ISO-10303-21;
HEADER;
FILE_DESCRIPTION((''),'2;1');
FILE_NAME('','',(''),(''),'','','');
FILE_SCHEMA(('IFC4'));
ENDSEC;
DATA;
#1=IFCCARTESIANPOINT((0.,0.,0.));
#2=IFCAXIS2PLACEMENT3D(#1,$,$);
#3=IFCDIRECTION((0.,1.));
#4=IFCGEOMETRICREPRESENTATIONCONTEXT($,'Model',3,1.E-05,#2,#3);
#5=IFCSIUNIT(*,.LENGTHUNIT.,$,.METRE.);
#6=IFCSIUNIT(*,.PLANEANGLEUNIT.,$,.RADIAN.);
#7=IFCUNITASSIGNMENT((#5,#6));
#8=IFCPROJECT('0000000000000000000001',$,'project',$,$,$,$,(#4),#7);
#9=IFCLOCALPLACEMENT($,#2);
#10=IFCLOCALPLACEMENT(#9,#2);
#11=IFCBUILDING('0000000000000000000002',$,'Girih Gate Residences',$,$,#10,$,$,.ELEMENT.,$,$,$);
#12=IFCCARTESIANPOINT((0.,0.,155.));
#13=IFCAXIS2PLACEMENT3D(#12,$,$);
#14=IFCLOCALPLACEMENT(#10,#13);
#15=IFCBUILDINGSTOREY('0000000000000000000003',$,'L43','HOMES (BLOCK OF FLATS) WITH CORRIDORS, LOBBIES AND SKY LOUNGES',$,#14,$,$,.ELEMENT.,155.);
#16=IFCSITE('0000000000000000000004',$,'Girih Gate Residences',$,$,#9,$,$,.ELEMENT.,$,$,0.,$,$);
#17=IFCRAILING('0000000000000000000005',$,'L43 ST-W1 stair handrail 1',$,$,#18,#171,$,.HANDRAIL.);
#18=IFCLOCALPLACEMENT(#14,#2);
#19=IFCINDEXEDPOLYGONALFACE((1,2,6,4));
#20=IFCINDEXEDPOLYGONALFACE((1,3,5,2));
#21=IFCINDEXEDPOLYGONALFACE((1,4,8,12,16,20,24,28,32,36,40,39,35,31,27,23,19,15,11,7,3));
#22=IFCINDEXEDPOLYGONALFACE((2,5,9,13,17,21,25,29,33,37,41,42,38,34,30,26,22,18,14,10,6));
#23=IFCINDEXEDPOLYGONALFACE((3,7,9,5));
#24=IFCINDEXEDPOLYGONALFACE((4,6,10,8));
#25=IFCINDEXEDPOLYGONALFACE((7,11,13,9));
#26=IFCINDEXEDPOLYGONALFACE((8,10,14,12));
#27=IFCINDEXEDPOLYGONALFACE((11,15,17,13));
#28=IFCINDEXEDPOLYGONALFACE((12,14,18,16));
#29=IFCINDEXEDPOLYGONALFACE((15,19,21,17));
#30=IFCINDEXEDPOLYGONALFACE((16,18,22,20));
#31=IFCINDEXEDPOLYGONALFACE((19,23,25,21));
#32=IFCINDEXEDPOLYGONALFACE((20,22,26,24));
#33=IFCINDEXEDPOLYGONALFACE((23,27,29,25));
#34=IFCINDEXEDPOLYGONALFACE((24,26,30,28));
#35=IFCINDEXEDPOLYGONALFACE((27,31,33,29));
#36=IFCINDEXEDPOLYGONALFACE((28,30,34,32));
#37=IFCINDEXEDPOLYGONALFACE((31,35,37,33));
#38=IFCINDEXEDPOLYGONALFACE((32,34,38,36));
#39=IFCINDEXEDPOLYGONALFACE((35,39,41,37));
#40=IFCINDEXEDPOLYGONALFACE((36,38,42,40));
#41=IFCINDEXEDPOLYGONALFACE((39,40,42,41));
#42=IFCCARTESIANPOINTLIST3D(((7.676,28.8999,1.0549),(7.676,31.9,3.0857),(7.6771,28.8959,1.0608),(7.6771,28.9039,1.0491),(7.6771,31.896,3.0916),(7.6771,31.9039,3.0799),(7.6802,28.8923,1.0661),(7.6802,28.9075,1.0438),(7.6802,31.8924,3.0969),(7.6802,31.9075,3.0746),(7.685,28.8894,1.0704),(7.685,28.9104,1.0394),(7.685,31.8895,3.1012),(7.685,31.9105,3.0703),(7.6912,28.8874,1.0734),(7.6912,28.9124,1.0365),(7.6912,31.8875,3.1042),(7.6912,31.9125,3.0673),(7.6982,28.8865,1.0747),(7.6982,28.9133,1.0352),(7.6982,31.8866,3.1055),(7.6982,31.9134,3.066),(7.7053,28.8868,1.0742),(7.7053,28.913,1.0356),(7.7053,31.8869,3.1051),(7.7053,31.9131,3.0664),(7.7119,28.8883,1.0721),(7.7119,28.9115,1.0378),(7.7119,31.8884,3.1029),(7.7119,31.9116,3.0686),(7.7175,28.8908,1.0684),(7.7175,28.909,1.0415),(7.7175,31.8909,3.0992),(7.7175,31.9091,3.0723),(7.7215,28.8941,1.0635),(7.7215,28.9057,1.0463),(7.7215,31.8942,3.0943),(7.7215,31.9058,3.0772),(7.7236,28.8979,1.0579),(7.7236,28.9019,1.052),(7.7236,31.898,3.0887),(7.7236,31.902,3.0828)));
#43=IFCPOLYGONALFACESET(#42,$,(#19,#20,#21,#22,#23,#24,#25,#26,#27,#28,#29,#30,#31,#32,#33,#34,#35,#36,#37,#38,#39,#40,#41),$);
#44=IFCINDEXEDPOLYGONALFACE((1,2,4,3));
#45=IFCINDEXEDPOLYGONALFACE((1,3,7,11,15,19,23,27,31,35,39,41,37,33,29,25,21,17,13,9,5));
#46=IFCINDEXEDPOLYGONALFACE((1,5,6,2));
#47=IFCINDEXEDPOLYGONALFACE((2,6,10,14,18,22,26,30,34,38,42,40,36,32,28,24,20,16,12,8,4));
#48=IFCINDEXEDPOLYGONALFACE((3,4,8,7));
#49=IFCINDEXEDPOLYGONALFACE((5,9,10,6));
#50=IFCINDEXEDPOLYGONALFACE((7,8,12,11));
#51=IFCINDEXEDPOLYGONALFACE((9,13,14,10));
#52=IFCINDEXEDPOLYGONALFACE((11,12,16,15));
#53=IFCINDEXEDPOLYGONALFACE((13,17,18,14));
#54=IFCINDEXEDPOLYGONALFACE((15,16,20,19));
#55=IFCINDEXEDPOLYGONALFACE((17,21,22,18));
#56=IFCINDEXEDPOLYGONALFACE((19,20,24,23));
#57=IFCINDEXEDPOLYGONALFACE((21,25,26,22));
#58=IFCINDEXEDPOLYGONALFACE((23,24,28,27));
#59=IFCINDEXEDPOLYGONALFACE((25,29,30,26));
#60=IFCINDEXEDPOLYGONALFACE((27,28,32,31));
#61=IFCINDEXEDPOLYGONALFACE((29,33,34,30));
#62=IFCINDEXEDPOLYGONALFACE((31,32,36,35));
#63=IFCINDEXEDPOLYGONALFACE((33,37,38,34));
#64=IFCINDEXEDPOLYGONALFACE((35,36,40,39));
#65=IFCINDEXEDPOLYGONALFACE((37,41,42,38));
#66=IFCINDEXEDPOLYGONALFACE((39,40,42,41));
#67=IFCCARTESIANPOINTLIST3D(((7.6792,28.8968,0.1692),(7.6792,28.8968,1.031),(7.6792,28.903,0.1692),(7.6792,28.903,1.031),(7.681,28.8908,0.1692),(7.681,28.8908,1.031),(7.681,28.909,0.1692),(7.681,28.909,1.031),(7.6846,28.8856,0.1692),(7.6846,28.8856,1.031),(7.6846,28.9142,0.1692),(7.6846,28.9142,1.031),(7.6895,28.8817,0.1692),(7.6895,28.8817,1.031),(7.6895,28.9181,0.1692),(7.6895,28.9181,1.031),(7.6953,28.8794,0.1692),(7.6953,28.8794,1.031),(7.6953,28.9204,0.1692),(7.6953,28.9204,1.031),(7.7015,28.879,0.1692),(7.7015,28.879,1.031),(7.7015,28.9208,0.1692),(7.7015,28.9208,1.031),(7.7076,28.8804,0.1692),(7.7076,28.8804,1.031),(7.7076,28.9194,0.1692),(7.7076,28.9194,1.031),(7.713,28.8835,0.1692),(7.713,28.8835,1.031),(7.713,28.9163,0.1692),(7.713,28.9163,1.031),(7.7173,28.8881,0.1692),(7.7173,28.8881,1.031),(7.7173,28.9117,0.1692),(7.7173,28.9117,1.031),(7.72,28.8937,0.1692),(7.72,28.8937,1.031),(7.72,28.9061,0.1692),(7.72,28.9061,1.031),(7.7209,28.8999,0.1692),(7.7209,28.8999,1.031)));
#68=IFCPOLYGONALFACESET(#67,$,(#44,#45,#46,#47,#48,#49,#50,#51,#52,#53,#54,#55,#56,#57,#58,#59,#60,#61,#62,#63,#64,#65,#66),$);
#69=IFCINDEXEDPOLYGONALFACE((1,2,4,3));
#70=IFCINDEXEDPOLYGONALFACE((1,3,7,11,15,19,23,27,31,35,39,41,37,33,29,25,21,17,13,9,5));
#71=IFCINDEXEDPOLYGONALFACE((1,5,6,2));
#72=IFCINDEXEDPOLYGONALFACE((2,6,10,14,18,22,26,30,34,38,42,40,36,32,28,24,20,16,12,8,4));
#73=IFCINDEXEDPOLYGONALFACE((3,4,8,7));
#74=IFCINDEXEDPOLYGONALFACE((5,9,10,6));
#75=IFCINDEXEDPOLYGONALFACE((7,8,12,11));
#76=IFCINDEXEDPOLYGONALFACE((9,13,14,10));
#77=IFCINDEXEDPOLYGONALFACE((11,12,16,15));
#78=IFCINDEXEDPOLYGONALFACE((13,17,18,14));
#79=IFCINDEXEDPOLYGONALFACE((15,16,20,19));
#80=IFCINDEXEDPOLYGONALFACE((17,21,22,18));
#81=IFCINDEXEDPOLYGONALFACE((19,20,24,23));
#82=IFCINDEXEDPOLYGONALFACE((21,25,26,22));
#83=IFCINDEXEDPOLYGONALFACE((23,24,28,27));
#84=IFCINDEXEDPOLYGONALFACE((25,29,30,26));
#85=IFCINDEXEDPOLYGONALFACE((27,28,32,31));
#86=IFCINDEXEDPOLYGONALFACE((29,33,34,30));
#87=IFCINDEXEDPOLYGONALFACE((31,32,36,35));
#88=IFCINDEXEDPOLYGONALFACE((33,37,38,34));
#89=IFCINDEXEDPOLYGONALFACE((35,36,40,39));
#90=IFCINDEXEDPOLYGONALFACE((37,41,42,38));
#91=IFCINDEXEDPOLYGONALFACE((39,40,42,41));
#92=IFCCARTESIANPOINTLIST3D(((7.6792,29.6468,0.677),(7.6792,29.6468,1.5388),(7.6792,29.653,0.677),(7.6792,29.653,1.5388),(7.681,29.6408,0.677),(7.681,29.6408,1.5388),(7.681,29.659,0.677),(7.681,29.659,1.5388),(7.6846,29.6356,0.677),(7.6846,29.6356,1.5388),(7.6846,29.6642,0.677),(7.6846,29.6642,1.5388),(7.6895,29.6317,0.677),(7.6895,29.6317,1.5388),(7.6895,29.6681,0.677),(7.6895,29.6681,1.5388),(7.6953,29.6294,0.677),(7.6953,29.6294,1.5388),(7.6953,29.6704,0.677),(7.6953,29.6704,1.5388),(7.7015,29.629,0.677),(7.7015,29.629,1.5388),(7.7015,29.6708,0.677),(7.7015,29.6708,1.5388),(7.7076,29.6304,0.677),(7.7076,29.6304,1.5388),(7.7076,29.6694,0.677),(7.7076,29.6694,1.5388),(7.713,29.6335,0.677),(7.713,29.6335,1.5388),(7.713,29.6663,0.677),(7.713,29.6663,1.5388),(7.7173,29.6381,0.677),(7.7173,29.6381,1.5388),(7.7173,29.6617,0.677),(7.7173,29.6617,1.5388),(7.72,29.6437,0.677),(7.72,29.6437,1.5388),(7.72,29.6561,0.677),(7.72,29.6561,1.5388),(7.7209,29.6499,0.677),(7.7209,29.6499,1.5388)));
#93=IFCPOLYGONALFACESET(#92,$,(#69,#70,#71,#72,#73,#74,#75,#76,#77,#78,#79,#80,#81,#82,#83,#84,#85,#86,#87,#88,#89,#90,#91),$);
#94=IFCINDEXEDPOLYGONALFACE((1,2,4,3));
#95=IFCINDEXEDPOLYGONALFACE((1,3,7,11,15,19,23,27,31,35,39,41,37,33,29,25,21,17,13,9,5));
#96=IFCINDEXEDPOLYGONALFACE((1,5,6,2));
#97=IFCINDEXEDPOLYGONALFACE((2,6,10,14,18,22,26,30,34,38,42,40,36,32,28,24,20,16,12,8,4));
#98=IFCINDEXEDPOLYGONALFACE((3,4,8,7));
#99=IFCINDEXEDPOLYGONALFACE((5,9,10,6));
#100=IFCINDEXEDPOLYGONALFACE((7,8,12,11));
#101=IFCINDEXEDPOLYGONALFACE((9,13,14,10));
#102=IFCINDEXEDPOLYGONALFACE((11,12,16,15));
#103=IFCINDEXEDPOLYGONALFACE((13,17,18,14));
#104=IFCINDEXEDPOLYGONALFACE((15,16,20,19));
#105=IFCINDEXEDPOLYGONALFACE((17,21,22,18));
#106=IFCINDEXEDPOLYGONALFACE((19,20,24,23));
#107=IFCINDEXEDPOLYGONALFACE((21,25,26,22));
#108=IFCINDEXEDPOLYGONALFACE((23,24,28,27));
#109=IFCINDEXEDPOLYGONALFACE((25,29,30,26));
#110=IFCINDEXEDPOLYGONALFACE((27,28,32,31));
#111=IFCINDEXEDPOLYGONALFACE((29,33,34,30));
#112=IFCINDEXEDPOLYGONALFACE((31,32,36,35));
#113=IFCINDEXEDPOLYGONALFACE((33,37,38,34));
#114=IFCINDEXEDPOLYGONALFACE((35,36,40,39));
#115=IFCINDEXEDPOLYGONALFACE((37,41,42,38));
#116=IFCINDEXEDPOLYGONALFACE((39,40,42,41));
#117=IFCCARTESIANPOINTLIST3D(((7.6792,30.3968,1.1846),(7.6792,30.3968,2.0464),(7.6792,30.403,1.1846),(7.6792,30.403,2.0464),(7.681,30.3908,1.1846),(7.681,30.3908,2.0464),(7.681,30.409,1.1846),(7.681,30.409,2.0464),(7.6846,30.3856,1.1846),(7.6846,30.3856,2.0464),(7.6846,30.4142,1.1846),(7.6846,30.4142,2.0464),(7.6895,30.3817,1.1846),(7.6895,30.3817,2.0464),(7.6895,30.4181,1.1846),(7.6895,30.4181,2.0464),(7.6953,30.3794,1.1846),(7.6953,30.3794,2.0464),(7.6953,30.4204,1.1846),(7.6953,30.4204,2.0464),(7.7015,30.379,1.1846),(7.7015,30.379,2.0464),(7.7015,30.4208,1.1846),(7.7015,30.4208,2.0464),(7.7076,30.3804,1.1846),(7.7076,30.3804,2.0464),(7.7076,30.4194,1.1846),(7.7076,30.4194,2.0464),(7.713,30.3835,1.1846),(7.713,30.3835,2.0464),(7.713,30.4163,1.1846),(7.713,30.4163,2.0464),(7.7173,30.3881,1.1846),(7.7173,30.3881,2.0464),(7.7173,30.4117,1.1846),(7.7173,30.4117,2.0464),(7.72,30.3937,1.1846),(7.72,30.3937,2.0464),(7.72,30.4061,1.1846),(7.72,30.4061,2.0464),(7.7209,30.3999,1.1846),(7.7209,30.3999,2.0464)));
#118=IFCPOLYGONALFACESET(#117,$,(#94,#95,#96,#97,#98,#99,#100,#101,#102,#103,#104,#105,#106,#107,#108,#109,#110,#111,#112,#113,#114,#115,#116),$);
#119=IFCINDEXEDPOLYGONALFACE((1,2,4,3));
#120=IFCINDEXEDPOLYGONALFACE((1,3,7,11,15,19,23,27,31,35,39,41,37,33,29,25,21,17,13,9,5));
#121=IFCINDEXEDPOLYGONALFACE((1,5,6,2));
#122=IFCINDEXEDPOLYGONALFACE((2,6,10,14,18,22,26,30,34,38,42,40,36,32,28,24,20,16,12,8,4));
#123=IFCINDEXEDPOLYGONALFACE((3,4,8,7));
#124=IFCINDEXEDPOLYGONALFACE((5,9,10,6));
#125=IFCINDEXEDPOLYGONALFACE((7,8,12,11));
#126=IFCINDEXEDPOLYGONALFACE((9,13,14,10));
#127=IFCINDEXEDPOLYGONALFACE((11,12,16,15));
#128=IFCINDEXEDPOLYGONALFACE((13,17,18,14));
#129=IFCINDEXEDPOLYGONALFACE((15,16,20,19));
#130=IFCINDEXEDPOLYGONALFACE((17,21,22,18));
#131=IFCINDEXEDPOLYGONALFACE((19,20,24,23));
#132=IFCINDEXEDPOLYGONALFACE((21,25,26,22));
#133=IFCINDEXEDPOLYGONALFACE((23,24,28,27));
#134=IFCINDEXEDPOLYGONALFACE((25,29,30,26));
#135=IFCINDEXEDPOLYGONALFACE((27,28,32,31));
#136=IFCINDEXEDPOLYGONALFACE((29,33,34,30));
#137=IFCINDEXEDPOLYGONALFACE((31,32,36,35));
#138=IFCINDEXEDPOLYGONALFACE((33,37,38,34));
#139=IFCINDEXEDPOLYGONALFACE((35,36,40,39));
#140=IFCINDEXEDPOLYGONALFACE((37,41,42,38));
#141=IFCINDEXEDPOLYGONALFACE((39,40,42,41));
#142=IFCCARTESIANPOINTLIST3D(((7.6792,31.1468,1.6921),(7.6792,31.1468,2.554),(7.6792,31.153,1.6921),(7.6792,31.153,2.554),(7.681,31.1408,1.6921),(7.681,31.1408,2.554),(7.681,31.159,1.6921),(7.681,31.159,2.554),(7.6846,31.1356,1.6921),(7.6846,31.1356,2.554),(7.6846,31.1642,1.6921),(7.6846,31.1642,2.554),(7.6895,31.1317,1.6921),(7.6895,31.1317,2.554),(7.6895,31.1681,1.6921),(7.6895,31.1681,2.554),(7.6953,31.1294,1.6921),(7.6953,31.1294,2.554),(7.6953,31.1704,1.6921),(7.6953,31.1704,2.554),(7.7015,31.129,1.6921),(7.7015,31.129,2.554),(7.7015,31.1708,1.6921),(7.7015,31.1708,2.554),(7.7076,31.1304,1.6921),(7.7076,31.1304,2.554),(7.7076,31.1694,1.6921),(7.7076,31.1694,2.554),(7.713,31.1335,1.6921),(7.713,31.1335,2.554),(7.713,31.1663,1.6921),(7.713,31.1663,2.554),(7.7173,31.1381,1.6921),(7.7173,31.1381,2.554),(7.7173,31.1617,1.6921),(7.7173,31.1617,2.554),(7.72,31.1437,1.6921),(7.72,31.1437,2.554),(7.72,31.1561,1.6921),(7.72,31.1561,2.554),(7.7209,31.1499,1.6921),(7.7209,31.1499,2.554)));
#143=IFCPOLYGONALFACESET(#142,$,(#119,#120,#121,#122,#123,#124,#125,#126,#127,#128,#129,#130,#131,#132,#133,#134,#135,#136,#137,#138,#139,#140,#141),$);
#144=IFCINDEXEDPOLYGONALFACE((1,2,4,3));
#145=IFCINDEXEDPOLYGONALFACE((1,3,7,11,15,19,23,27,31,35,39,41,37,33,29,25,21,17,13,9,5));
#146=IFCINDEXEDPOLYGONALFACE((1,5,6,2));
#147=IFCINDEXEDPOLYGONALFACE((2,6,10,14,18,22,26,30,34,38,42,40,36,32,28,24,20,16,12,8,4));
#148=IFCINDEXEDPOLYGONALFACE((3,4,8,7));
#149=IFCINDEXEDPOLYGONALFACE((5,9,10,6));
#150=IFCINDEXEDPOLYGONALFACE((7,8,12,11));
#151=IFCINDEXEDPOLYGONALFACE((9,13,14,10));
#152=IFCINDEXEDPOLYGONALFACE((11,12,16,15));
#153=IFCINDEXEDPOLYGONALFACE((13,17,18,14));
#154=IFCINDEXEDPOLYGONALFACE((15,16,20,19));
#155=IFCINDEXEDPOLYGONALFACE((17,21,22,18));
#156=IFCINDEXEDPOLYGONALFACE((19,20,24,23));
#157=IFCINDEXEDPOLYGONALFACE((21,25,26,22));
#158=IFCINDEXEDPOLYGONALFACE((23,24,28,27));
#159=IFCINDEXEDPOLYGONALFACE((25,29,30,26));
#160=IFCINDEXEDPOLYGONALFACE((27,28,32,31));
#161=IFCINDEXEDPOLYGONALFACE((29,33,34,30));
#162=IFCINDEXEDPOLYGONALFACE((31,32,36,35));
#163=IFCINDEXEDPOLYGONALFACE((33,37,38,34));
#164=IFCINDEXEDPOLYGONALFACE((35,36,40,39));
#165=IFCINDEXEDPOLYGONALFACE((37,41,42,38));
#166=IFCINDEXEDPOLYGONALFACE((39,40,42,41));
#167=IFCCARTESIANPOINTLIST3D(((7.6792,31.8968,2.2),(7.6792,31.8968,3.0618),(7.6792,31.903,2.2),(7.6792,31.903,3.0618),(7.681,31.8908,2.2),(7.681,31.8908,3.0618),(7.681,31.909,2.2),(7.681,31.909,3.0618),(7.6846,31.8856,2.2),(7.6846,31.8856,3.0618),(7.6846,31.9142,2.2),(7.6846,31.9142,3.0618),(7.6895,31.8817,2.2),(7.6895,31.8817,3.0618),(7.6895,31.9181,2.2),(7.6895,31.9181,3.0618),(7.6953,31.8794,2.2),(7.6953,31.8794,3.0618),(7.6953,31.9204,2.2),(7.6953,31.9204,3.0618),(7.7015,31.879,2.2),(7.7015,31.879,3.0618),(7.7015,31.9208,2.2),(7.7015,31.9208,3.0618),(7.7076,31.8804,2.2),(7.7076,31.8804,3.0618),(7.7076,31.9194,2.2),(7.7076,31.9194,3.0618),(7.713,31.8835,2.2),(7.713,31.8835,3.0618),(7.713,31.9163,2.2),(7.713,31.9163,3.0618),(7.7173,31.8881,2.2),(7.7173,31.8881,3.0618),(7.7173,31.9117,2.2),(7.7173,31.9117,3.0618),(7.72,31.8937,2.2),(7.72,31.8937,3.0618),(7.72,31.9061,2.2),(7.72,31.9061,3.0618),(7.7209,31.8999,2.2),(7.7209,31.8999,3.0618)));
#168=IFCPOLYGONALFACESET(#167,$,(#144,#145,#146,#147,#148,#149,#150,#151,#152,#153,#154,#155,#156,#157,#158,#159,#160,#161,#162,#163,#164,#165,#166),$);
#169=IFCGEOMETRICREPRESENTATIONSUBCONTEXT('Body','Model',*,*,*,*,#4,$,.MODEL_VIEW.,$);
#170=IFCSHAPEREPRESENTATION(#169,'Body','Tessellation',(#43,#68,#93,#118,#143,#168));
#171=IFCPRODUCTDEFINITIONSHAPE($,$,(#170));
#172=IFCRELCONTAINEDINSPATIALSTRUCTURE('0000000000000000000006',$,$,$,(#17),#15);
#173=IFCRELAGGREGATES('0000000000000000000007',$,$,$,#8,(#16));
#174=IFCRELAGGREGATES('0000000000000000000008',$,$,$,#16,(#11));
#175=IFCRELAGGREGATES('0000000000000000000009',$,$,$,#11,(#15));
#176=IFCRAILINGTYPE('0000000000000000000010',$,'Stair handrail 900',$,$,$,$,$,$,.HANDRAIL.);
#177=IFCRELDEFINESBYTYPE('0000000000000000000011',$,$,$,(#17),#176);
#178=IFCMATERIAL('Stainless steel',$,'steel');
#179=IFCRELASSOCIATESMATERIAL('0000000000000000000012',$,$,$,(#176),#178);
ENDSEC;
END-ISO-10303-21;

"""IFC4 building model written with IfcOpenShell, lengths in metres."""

from ifc_helpers import new_model, si_unit, direction, frame, origin, origin_2d, place, context, subcontext, project, spatial, circle, extrude, material, type_object, element, save


model = new_model("IFC4")

# Units and contexts
model_context = context("Model", 3, precision=1e-05, world=origin(), true_north=direction((0.0, 1.0)))
body_context = subcontext(model_context, "Body", "Model", "MODEL_VIEW")
ifc_project = project(units=[si_unit("LENGTHUNIT", "METRE"), si_unit("PLANEANGLEUNIT", "RADIAN")], contexts=[model_context])

# Site, building, storey
site_placement = place(None, origin())
site = spatial("IfcSite", under=ifc_project, at=site_placement, Name="Girih Gate Residences", CompositionType="ELEMENT", RefElevation=0.0)
building_placement = place(site_placement, origin())
building = spatial("IfcBuilding", under=site, at=building_placement, Name="Girih Gate Residences", CompositionType="ELEMENT")
storey_placement = place(building_placement, frame((0.0, 0.0, 155.0)))
storey = spatial("IfcBuildingStorey", under=building, at=storey_placement, Name="L43", Description="HOMES (BLOCK OF FLATS) WITH CORRIDORS, LOBBIES AND SKY LOUNGES", CompositionType="ELEMENT", Elevation=155.0)

# Railing
ifc_material_1 = material(Name="Stainless steel", Category="steel")
railing_type_1 = type_object("IfcRailingType", Name="Stair handrail 900", PredefinedType="HANDRAIL", material=ifc_material_1)
railing_1_placement = place(storey_placement, frame((7.7, 28.8999, 0.1692)))
element("IfcRailing", 1, at=railing_1_placement, inside=storey, type_object=railing_type_1, Name="L43 ST-W1 stair handrail 1", PredefinedType="HANDRAIL", context=body_context, shape_type="SweptSolid", body=[
    extrude(circle(Radius=0.0239, at=origin_2d()), frame((0.0, 0.0, 0.8857), z_axis=(0.0, 0.82811, 0.560565), x_axis=(-1.0, 0.0, 0.0)), (0.0, 0.0, 1.0), 3.6228),
    extrude(circle(Radius=0.021, at=origin_2d()), origin(), (0.0, 0.0, 1.0), 0.8618),
    extrude(circle(Radius=0.021, at=origin_2d()), frame((0.0, 0.75, 0.5078)), (0.0, 0.0, 1.0), 0.8618),
    extrude(circle(Radius=0.021, at=origin_2d()), frame((0.0, 1.5, 1.0154)), (0.0, 0.0, 1.0), 0.8618),
    extrude(circle(Radius=0.021, at=origin_2d()), frame((0.0, 2.25, 1.5229)), (0.0, 0.0, 1.0), 0.8618),
    extrude(circle(Radius=0.021, at=origin_2d()), frame((0.0, 3.0, 2.0308)), (0.0, 0.0, 1.0), 0.8618),
])

save(model, "model.ifc")
